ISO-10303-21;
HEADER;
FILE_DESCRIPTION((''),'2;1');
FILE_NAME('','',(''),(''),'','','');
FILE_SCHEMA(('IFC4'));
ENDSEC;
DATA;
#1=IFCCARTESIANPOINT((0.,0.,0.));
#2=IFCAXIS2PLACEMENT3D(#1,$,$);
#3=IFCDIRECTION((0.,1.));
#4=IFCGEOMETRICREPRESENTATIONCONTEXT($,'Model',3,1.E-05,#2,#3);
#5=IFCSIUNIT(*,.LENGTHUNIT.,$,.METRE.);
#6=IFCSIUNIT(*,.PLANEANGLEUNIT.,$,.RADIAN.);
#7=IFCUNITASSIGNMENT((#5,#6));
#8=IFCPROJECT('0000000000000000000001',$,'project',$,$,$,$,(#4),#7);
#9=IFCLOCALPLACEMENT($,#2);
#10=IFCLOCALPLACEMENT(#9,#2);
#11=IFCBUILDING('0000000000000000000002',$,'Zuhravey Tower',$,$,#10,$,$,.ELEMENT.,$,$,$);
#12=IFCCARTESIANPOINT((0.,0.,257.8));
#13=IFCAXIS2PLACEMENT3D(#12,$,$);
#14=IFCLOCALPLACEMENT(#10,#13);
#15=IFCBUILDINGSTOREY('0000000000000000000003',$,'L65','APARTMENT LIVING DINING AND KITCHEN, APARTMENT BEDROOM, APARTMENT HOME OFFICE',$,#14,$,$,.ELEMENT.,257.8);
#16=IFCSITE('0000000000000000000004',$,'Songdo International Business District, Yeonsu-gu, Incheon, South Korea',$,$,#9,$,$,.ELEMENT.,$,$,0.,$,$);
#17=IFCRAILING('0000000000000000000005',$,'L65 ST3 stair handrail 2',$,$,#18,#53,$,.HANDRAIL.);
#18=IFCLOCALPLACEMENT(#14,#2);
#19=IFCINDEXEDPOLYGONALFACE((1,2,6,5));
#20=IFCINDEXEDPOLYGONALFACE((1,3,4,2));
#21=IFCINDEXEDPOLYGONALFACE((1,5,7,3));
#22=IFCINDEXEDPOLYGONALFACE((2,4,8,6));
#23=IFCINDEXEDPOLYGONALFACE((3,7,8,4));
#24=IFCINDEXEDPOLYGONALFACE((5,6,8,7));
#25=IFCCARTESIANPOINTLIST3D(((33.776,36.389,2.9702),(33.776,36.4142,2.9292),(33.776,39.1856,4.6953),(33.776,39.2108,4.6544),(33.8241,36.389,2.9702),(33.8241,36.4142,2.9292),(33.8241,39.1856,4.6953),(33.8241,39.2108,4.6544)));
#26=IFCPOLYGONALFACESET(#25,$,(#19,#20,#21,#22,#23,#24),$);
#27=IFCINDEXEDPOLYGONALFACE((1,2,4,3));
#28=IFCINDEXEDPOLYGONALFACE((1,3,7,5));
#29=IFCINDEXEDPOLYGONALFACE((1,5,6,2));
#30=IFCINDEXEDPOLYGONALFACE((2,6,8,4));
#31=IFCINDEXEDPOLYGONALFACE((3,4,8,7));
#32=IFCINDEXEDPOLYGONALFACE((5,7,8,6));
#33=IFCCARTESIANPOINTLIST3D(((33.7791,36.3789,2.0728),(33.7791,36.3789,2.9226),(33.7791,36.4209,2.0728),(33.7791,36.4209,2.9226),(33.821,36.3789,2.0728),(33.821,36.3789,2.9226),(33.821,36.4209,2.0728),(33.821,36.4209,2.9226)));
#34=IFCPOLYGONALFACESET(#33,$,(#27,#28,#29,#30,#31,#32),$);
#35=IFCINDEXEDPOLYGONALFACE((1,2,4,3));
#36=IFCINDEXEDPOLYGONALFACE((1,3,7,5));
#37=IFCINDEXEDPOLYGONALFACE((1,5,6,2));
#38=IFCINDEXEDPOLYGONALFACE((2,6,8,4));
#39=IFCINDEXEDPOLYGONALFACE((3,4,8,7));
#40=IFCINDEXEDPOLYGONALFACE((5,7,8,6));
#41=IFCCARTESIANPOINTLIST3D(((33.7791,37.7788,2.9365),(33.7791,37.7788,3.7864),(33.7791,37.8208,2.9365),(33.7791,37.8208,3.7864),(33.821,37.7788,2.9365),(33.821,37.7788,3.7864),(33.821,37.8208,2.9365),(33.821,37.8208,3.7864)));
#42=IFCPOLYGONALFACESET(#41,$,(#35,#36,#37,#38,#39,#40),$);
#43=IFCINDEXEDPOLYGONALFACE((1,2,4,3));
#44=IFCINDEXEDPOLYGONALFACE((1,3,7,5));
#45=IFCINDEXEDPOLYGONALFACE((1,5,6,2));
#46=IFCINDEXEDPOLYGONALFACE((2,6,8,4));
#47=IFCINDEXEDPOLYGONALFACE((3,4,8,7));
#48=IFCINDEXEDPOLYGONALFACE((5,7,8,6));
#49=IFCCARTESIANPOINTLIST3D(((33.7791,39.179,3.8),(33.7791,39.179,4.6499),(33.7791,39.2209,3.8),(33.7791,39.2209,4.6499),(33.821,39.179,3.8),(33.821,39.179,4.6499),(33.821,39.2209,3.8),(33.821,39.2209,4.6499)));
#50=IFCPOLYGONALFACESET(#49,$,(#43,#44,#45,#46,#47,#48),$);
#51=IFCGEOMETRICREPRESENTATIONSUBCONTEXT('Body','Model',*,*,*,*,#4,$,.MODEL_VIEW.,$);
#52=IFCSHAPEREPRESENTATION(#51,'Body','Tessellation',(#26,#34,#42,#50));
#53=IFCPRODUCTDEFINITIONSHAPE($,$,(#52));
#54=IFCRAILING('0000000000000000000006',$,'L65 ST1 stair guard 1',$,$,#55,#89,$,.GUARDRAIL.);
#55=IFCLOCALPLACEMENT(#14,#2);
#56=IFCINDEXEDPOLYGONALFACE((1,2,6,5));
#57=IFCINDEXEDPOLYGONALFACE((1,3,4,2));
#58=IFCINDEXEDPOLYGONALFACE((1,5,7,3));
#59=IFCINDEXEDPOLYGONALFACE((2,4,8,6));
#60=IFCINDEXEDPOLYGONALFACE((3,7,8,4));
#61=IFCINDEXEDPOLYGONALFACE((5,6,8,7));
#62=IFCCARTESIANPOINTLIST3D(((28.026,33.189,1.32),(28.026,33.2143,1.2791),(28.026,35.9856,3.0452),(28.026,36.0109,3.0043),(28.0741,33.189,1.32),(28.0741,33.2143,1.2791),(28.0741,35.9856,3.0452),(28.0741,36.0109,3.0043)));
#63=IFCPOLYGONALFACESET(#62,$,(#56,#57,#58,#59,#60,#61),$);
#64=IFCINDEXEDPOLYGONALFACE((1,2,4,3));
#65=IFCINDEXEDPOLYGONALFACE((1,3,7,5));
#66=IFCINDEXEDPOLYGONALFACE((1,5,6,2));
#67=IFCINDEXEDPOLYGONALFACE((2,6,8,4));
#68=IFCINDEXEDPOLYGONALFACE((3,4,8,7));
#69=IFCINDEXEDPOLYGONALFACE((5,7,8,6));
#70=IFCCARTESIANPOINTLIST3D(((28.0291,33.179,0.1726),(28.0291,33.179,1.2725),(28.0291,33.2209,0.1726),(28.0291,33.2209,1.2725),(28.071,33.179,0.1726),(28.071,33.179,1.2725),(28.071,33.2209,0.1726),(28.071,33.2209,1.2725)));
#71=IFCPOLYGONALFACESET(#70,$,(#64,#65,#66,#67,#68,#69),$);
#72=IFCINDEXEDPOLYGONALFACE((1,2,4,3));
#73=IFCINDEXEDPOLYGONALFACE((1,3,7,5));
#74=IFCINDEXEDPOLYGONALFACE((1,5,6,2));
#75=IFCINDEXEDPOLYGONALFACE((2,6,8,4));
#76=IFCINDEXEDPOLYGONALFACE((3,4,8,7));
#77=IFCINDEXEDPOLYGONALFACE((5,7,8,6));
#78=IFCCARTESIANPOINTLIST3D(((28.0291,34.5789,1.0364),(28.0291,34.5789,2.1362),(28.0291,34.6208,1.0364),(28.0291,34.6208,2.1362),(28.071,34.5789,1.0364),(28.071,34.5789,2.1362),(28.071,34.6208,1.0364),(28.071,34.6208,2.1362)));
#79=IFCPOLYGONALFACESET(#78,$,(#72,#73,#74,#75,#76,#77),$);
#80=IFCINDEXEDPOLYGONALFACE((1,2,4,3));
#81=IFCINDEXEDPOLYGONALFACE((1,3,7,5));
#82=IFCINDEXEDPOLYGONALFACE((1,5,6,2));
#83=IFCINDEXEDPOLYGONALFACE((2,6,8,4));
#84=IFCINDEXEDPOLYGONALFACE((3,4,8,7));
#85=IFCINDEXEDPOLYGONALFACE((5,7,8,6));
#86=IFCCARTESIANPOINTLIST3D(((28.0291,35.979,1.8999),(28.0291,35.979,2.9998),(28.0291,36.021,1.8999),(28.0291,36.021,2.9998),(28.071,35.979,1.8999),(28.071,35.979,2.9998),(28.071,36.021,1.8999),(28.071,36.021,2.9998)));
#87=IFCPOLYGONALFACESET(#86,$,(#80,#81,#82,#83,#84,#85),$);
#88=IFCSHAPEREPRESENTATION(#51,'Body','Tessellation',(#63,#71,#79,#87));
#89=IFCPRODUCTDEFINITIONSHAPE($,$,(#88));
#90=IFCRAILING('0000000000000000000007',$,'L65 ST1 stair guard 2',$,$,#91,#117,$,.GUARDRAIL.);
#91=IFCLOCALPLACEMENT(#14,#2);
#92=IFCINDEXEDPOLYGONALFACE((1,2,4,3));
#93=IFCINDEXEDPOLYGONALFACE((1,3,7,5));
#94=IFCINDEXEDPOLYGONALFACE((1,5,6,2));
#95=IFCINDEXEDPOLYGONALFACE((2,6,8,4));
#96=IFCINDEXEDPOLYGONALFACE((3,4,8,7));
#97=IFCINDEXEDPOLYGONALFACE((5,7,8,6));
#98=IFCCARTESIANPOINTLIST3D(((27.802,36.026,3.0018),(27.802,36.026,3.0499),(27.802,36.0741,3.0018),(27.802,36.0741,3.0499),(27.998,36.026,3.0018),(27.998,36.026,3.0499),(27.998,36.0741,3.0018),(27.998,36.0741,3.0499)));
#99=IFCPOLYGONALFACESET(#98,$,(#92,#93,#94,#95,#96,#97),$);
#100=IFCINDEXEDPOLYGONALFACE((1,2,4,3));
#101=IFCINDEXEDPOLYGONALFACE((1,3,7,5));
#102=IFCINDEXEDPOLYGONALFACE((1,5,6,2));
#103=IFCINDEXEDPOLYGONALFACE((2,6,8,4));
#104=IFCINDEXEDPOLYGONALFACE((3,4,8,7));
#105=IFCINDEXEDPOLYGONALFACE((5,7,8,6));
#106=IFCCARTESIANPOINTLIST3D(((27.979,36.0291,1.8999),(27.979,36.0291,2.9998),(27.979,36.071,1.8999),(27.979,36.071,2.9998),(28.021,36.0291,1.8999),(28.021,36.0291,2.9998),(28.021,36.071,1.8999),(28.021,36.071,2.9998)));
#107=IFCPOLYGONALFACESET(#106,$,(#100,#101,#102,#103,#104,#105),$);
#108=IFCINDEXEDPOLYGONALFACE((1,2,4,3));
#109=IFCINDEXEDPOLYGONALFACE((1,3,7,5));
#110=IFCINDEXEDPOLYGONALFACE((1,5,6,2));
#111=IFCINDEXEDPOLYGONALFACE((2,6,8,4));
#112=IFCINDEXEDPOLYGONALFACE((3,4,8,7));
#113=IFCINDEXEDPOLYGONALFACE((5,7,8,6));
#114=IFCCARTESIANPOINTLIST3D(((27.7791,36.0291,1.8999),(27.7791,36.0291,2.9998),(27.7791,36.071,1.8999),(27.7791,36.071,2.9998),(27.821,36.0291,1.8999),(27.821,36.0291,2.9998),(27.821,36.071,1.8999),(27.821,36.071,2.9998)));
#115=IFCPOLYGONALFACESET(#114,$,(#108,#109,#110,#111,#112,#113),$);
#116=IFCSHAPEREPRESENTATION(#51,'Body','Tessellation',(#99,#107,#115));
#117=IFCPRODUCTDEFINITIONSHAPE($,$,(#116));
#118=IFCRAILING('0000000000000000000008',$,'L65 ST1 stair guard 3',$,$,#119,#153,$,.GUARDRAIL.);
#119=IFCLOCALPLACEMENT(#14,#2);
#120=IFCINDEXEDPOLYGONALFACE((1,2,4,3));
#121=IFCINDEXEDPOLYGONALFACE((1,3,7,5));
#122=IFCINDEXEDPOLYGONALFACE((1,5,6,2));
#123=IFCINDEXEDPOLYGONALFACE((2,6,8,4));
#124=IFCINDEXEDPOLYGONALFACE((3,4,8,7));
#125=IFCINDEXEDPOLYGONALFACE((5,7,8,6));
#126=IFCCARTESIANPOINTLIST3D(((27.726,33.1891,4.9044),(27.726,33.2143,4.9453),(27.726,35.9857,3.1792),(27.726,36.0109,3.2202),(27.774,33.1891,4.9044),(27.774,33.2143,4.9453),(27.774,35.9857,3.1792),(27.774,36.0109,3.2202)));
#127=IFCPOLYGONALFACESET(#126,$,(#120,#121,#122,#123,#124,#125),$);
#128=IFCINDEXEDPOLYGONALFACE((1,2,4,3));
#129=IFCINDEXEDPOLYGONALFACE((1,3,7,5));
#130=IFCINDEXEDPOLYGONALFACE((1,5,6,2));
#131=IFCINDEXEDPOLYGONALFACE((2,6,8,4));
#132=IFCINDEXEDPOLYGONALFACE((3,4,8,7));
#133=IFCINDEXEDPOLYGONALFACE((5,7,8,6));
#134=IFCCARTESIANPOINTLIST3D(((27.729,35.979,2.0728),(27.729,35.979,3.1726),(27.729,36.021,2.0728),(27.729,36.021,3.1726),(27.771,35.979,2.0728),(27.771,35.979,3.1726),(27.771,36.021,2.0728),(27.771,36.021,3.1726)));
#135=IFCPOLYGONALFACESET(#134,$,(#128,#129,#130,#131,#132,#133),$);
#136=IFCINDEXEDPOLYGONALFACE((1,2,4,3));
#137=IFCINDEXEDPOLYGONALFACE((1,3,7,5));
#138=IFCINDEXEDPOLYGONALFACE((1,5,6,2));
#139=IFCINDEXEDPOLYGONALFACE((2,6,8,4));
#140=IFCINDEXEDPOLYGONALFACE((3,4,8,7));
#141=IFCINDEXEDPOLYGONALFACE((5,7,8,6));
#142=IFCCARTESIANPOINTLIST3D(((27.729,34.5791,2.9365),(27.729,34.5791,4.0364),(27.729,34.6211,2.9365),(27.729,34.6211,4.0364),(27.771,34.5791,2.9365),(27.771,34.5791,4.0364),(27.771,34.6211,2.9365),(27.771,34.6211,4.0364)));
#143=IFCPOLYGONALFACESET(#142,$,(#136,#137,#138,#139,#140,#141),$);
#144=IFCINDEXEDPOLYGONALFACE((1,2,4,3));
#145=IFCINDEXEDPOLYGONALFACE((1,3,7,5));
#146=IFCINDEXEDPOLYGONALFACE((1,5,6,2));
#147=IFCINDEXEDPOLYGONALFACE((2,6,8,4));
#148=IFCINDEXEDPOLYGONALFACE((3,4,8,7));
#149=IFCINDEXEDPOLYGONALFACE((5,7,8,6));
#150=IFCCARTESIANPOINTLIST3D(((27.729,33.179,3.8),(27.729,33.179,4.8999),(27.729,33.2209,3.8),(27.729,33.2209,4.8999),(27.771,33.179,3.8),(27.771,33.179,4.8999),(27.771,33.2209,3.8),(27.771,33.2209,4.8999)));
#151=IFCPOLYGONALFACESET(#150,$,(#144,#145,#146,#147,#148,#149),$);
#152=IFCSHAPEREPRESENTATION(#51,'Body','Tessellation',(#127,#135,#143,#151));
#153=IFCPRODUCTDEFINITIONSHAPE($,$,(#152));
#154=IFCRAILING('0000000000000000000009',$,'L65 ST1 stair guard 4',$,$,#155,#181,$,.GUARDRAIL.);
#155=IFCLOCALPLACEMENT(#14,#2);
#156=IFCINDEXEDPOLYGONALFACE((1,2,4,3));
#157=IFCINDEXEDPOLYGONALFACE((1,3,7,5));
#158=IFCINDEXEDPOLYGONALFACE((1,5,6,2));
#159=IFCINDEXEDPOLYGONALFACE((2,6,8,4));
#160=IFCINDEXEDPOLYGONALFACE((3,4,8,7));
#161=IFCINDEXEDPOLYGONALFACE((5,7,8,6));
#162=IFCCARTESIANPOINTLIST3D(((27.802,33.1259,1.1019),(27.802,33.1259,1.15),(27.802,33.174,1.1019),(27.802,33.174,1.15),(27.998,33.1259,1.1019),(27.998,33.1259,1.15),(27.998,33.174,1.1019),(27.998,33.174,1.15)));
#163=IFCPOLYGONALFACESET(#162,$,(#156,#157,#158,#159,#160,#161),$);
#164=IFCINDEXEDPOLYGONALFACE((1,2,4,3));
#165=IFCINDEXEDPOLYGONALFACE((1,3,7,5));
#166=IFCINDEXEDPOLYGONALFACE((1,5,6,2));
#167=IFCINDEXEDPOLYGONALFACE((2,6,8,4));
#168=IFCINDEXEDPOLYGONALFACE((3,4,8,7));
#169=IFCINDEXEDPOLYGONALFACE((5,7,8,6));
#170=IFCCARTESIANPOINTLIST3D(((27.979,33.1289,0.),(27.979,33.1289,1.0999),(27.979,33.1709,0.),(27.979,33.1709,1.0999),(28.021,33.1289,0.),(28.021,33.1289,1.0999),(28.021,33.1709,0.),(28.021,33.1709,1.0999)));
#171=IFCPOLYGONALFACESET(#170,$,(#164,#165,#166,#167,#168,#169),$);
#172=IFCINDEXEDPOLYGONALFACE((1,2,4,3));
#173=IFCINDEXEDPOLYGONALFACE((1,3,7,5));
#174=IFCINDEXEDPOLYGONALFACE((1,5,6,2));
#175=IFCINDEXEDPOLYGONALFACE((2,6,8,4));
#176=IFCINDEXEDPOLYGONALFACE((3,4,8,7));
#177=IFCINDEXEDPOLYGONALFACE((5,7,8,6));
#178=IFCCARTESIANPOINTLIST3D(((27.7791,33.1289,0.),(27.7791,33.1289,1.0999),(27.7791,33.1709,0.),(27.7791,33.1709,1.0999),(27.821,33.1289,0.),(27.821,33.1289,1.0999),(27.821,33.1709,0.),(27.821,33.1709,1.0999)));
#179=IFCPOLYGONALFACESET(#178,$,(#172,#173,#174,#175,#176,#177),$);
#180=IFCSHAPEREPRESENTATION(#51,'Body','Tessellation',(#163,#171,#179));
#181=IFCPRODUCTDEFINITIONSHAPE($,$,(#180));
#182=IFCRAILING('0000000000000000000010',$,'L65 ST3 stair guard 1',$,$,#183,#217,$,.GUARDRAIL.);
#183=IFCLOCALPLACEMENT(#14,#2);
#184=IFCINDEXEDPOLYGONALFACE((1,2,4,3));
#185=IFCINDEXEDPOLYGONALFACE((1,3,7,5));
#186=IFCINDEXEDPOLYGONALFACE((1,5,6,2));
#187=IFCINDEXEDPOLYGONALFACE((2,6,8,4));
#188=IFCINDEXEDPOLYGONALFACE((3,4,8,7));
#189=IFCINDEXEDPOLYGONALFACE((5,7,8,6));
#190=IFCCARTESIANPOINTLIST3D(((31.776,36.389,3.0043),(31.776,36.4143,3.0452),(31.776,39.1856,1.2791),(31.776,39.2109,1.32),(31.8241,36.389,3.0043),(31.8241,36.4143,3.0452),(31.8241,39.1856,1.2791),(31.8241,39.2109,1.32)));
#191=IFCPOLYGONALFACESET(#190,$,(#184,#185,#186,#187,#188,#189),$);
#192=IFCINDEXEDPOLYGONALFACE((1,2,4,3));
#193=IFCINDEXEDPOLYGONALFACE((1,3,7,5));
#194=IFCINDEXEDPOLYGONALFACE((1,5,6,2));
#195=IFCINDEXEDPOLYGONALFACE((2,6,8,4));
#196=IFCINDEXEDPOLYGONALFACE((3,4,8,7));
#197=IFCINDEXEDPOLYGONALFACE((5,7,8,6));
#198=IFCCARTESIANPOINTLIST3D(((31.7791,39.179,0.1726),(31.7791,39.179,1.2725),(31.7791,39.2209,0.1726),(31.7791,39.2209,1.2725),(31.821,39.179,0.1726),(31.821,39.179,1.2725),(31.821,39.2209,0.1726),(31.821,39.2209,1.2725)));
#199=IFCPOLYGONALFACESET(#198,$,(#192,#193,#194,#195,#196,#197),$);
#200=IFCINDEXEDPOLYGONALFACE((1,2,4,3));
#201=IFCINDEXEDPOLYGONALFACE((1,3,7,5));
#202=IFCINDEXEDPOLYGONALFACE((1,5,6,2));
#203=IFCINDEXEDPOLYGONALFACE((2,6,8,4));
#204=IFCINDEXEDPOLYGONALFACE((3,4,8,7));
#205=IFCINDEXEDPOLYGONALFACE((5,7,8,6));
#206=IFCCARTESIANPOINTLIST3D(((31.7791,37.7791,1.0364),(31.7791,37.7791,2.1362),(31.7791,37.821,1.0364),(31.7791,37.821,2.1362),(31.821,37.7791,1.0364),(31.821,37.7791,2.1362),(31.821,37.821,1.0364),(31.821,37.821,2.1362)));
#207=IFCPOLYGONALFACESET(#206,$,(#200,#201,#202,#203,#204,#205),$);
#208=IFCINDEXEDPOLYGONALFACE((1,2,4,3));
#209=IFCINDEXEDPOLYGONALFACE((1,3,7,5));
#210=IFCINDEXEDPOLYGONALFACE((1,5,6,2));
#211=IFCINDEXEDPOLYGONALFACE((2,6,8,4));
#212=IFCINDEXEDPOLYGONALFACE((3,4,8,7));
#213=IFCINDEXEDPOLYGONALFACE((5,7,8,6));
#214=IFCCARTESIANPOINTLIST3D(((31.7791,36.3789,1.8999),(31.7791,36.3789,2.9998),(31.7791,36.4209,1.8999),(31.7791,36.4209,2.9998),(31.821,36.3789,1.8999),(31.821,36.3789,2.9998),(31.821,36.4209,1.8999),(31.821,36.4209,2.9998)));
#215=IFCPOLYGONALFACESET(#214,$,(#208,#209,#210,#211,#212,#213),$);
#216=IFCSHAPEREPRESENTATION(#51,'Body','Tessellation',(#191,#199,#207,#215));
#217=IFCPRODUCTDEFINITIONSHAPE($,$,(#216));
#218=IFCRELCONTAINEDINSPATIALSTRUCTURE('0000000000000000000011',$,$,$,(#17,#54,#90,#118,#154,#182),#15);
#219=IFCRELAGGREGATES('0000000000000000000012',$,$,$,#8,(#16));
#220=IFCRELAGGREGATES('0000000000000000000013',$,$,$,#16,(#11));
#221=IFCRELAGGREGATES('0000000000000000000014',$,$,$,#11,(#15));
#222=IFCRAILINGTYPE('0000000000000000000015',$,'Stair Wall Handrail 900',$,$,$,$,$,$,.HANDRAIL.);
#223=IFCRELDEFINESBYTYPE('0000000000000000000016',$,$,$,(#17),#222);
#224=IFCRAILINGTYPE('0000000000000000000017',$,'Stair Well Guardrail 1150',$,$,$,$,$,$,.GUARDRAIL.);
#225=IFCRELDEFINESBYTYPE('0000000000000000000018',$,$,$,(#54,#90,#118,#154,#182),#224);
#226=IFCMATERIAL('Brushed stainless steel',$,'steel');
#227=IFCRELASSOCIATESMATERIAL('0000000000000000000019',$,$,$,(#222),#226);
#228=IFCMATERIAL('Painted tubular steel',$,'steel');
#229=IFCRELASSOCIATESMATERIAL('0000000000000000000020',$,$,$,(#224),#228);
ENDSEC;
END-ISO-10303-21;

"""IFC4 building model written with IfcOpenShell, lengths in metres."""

from ifc_helpers import new_model, si_unit, direction, frame, origin, origin_2d, place, context, subcontext, project, spatial, rectangle, extrude, material, type_object, element, save


model = new_model("IFC4")

# Units and contexts
model_context = context("Model", 3, precision=1e-05, world=origin(), true_north=direction((0.0, 1.0)))
body_context = subcontext(model_context, "Body", "Model", "MODEL_VIEW")
ifc_project = project(units=[si_unit("LENGTHUNIT", "METRE"), si_unit("PLANEANGLEUNIT", "RADIAN")], contexts=[model_context])

# Site, building, storey
site_placement = place(None, origin())
site = spatial("IfcSite", under=ifc_project, at=site_placement, Name="Songdo International Business District, Yeonsu-gu, Incheon, South Korea", CompositionType="ELEMENT", RefElevation=0.0)
building_placement = place(site_placement, origin())
building = spatial("IfcBuilding", under=site, at=building_placement, Name="Zuhravey Tower", CompositionType="ELEMENT")
storey_placement = place(building_placement, frame((0.0, 0.0, 257.8)))
storey = spatial("IfcBuildingStorey", under=building, at=storey_placement, Name="L65", Description="APARTMENT LIVING DINING AND KITCHEN, APARTMENT BEDROOM, APARTMENT HOME OFFICE", CompositionType="ELEMENT", Elevation=257.8)

# Railings
ifc_material_1 = material(Name="Brushed stainless steel", Category="steel")
railing_type_1 = type_object("IfcRailingType", Name="Stair Wall Handrail 900", PredefinedType="HANDRAIL", material=ifc_material_1)
railing_1_placement = place(storey_placement, frame((33.8, 36.3999, 2.0728)))
element("IfcRailing", 1, at=railing_1_placement, inside=storey, type_object=railing_type_1, Name="L65 ST3 stair handrail 2", PredefinedType="HANDRAIL", context=body_context, shape_type="SweptSolid", body=[
    extrude(rectangle(XDim=0.0481, YDim=0.0481, at=origin_2d()), frame((0.0, 0.0017, 0.877), z_axis=(0.0, 0.85109, 0.52502), x_axis=(-1.0, 0.0, 0.0)), (0.0, 0.0, 1.0), 3.2859),
    extrude(rectangle(XDim=0.042, YDim=0.042, at=origin_2d()), origin(), (0.0, 0.0, 1.0), 0.8499),
    extrude(rectangle(XDim=0.042, YDim=0.042, at=origin_2d()), frame((0.0, 1.3999, 0.8638)), (0.0, 0.0, 1.0), 0.8499),
    extrude(rectangle(XDim=0.042, YDim=0.042, at=origin_2d()), frame((0.0, 2.8, 1.7273)), (0.0, 0.0, 1.0), 0.8499),
])
ifc_material_2 = material(Name="Painted tubular steel", Category="steel")
railing_type_2 = type_object("IfcRailingType", Name="Stair Well Guardrail 1150", PredefinedType="GUARDRAIL", material=ifc_material_2)
railing_2_placement = place(storey_placement, frame((28.05, 33.2, 0.1726)))
element("IfcRailing", 2, at=railing_2_placement, inside=storey, type_object=railing_type_2, Name="L65 ST1 stair guard 1", PredefinedType="GUARDRAIL", context=body_context, shape_type="SweptSolid", body=[
    extrude(rectangle(XDim=0.0481, YDim=0.0481, at=origin_2d()), frame((0.0, 0.0017, 1.127), z_axis=(0.0, 0.85109, 0.52502), x_axis=(-1.0, 0.0, 0.0)), (0.0, 0.0, 1.0), 3.2859),
    extrude(rectangle(XDim=0.042, YDim=0.042, at=origin_2d()), origin(), (0.0, 0.0, 1.0), 1.0999),
    extrude(rectangle(XDim=0.042, YDim=0.042, at=origin_2d()), frame((0.0, 1.3999, 0.8638)), (0.0, 0.0, 1.0), 1.0999),
    extrude(rectangle(XDim=0.042, YDim=0.042, at=origin_2d()), frame((0.0, 2.8, 1.7273)), (0.0, 0.0, 1.0), 1.0999),
])
railing_3_placement = place(storey_placement, frame((28.0, 36.05, 1.8999)))
element("IfcRailing", 3, at=railing_3_placement, inside=storey, type_object=railing_type_2, Name="L65 ST1 stair guard 2", PredefinedType="GUARDRAIL", context=body_context, shape_type="SweptSolid", body=[
    extrude(rectangle(XDim=0.0481, YDim=0.0481, at=origin_2d()), frame((-0.002, 0.0, 1.126), z_axis=(-1.0, 0.0, 0.0), x_axis=(0.0, -1.0, 0.0)), (0.0, 0.0, 1.0), 0.196),
    extrude(rectangle(XDim=0.042, YDim=0.042, at=origin_2d()), origin(), (0.0, 0.0, 1.0), 1.0999),
    extrude(rectangle(XDim=0.042, YDim=0.042, at=origin_2d()), frame((-0.2, 0.0, 0.0)), (0.0, 0.0, 1.0), 1.0999),
])
railing_4_placement = place(storey_placement, frame((27.75, 36.0, 2.0728)))
element("IfcRailing", 4, at=railing_4_placement, inside=storey, type_object=railing_type_2, Name="L65 ST1 stair guard 3", PredefinedType="GUARDRAIL", context=body_context, shape_type="SweptSolid", body=[
    extrude(rectangle(XDim=0.0481, YDim=0.0481, at=origin_2d()), frame((0.0, -0.0017, 1.127), z_axis=(0.0, -0.85109, 0.52502), x_axis=(1.0, 0.0, 0.0)), (0.0, 0.0, 1.0), 3.2859),
    extrude(rectangle(XDim=0.042, YDim=0.042, at=origin_2d()), origin(), (0.0, 0.0, 1.0), 1.0999),
    extrude(rectangle(XDim=0.042, YDim=0.042, at=origin_2d()), frame((0.0, -1.3999, 0.8638)), (0.0, 0.0, 1.0), 1.0999),
    extrude(rectangle(XDim=0.042, YDim=0.042, at=origin_2d()), frame((0.0, -2.8, 1.7273)), (0.0, 0.0, 1.0), 1.0999),
])
railing_5_placement = place(storey_placement, frame((28.0, 33.1499, 0.0)))
element("IfcRailing", 5, at=railing_5_placement, inside=storey, type_object=railing_type_2, Name="L65 ST1 stair guard 4", PredefinedType="GUARDRAIL", context=body_context, shape_type="SweptSolid", body=[
    extrude(rectangle(XDim=0.0481, YDim=0.0481, at=origin_2d()), frame((-0.002, 0.0, 1.126), z_axis=(-1.0, 0.0, 0.0), x_axis=(0.0, -1.0, 0.0)), (0.0, 0.0, 1.0), 0.196),
    extrude(rectangle(XDim=0.042, YDim=0.042, at=origin_2d()), origin(), (0.0, 0.0, 1.0), 1.0999),
    extrude(rectangle(XDim=0.042, YDim=0.042, at=origin_2d()), frame((-0.2, 0.0, 0.0)), (0.0, 0.0, 1.0), 1.0999),
])
railing_6_placement = place(storey_placement, frame((31.8, 39.2, 0.1726)))
element("IfcRailing", 6, at=railing_6_placement, inside=storey, type_object=railing_type_2, Name="L65 ST3 stair guard 1", PredefinedType="GUARDRAIL", context=body_context, shape_type="SweptSolid", body=[
    extrude(rectangle(XDim=0.0481, YDim=0.0481, at=origin_2d()), frame((0.0, -0.0017, 1.127), z_axis=(0.0, -0.85109, 0.52502), x_axis=(1.0, 0.0, 0.0)), (0.0, 0.0, 1.0), 3.2859),
    extrude(rectangle(XDim=0.042, YDim=0.042, at=origin_2d()), origin(), (0.0, 0.0, 1.0), 1.0999),
    extrude(rectangle(XDim=0.042, YDim=0.042, at=origin_2d()), frame((0.0, -1.3999, 0.8638)), (0.0, 0.0, 1.0), 1.0999),
    extrude(rectangle(XDim=0.042, YDim=0.042, at=origin_2d()), frame((0.0, -2.8, 1.7273)), (0.0, 0.0, 1.0), 1.0999),
])

save(model, "model.ifc")
